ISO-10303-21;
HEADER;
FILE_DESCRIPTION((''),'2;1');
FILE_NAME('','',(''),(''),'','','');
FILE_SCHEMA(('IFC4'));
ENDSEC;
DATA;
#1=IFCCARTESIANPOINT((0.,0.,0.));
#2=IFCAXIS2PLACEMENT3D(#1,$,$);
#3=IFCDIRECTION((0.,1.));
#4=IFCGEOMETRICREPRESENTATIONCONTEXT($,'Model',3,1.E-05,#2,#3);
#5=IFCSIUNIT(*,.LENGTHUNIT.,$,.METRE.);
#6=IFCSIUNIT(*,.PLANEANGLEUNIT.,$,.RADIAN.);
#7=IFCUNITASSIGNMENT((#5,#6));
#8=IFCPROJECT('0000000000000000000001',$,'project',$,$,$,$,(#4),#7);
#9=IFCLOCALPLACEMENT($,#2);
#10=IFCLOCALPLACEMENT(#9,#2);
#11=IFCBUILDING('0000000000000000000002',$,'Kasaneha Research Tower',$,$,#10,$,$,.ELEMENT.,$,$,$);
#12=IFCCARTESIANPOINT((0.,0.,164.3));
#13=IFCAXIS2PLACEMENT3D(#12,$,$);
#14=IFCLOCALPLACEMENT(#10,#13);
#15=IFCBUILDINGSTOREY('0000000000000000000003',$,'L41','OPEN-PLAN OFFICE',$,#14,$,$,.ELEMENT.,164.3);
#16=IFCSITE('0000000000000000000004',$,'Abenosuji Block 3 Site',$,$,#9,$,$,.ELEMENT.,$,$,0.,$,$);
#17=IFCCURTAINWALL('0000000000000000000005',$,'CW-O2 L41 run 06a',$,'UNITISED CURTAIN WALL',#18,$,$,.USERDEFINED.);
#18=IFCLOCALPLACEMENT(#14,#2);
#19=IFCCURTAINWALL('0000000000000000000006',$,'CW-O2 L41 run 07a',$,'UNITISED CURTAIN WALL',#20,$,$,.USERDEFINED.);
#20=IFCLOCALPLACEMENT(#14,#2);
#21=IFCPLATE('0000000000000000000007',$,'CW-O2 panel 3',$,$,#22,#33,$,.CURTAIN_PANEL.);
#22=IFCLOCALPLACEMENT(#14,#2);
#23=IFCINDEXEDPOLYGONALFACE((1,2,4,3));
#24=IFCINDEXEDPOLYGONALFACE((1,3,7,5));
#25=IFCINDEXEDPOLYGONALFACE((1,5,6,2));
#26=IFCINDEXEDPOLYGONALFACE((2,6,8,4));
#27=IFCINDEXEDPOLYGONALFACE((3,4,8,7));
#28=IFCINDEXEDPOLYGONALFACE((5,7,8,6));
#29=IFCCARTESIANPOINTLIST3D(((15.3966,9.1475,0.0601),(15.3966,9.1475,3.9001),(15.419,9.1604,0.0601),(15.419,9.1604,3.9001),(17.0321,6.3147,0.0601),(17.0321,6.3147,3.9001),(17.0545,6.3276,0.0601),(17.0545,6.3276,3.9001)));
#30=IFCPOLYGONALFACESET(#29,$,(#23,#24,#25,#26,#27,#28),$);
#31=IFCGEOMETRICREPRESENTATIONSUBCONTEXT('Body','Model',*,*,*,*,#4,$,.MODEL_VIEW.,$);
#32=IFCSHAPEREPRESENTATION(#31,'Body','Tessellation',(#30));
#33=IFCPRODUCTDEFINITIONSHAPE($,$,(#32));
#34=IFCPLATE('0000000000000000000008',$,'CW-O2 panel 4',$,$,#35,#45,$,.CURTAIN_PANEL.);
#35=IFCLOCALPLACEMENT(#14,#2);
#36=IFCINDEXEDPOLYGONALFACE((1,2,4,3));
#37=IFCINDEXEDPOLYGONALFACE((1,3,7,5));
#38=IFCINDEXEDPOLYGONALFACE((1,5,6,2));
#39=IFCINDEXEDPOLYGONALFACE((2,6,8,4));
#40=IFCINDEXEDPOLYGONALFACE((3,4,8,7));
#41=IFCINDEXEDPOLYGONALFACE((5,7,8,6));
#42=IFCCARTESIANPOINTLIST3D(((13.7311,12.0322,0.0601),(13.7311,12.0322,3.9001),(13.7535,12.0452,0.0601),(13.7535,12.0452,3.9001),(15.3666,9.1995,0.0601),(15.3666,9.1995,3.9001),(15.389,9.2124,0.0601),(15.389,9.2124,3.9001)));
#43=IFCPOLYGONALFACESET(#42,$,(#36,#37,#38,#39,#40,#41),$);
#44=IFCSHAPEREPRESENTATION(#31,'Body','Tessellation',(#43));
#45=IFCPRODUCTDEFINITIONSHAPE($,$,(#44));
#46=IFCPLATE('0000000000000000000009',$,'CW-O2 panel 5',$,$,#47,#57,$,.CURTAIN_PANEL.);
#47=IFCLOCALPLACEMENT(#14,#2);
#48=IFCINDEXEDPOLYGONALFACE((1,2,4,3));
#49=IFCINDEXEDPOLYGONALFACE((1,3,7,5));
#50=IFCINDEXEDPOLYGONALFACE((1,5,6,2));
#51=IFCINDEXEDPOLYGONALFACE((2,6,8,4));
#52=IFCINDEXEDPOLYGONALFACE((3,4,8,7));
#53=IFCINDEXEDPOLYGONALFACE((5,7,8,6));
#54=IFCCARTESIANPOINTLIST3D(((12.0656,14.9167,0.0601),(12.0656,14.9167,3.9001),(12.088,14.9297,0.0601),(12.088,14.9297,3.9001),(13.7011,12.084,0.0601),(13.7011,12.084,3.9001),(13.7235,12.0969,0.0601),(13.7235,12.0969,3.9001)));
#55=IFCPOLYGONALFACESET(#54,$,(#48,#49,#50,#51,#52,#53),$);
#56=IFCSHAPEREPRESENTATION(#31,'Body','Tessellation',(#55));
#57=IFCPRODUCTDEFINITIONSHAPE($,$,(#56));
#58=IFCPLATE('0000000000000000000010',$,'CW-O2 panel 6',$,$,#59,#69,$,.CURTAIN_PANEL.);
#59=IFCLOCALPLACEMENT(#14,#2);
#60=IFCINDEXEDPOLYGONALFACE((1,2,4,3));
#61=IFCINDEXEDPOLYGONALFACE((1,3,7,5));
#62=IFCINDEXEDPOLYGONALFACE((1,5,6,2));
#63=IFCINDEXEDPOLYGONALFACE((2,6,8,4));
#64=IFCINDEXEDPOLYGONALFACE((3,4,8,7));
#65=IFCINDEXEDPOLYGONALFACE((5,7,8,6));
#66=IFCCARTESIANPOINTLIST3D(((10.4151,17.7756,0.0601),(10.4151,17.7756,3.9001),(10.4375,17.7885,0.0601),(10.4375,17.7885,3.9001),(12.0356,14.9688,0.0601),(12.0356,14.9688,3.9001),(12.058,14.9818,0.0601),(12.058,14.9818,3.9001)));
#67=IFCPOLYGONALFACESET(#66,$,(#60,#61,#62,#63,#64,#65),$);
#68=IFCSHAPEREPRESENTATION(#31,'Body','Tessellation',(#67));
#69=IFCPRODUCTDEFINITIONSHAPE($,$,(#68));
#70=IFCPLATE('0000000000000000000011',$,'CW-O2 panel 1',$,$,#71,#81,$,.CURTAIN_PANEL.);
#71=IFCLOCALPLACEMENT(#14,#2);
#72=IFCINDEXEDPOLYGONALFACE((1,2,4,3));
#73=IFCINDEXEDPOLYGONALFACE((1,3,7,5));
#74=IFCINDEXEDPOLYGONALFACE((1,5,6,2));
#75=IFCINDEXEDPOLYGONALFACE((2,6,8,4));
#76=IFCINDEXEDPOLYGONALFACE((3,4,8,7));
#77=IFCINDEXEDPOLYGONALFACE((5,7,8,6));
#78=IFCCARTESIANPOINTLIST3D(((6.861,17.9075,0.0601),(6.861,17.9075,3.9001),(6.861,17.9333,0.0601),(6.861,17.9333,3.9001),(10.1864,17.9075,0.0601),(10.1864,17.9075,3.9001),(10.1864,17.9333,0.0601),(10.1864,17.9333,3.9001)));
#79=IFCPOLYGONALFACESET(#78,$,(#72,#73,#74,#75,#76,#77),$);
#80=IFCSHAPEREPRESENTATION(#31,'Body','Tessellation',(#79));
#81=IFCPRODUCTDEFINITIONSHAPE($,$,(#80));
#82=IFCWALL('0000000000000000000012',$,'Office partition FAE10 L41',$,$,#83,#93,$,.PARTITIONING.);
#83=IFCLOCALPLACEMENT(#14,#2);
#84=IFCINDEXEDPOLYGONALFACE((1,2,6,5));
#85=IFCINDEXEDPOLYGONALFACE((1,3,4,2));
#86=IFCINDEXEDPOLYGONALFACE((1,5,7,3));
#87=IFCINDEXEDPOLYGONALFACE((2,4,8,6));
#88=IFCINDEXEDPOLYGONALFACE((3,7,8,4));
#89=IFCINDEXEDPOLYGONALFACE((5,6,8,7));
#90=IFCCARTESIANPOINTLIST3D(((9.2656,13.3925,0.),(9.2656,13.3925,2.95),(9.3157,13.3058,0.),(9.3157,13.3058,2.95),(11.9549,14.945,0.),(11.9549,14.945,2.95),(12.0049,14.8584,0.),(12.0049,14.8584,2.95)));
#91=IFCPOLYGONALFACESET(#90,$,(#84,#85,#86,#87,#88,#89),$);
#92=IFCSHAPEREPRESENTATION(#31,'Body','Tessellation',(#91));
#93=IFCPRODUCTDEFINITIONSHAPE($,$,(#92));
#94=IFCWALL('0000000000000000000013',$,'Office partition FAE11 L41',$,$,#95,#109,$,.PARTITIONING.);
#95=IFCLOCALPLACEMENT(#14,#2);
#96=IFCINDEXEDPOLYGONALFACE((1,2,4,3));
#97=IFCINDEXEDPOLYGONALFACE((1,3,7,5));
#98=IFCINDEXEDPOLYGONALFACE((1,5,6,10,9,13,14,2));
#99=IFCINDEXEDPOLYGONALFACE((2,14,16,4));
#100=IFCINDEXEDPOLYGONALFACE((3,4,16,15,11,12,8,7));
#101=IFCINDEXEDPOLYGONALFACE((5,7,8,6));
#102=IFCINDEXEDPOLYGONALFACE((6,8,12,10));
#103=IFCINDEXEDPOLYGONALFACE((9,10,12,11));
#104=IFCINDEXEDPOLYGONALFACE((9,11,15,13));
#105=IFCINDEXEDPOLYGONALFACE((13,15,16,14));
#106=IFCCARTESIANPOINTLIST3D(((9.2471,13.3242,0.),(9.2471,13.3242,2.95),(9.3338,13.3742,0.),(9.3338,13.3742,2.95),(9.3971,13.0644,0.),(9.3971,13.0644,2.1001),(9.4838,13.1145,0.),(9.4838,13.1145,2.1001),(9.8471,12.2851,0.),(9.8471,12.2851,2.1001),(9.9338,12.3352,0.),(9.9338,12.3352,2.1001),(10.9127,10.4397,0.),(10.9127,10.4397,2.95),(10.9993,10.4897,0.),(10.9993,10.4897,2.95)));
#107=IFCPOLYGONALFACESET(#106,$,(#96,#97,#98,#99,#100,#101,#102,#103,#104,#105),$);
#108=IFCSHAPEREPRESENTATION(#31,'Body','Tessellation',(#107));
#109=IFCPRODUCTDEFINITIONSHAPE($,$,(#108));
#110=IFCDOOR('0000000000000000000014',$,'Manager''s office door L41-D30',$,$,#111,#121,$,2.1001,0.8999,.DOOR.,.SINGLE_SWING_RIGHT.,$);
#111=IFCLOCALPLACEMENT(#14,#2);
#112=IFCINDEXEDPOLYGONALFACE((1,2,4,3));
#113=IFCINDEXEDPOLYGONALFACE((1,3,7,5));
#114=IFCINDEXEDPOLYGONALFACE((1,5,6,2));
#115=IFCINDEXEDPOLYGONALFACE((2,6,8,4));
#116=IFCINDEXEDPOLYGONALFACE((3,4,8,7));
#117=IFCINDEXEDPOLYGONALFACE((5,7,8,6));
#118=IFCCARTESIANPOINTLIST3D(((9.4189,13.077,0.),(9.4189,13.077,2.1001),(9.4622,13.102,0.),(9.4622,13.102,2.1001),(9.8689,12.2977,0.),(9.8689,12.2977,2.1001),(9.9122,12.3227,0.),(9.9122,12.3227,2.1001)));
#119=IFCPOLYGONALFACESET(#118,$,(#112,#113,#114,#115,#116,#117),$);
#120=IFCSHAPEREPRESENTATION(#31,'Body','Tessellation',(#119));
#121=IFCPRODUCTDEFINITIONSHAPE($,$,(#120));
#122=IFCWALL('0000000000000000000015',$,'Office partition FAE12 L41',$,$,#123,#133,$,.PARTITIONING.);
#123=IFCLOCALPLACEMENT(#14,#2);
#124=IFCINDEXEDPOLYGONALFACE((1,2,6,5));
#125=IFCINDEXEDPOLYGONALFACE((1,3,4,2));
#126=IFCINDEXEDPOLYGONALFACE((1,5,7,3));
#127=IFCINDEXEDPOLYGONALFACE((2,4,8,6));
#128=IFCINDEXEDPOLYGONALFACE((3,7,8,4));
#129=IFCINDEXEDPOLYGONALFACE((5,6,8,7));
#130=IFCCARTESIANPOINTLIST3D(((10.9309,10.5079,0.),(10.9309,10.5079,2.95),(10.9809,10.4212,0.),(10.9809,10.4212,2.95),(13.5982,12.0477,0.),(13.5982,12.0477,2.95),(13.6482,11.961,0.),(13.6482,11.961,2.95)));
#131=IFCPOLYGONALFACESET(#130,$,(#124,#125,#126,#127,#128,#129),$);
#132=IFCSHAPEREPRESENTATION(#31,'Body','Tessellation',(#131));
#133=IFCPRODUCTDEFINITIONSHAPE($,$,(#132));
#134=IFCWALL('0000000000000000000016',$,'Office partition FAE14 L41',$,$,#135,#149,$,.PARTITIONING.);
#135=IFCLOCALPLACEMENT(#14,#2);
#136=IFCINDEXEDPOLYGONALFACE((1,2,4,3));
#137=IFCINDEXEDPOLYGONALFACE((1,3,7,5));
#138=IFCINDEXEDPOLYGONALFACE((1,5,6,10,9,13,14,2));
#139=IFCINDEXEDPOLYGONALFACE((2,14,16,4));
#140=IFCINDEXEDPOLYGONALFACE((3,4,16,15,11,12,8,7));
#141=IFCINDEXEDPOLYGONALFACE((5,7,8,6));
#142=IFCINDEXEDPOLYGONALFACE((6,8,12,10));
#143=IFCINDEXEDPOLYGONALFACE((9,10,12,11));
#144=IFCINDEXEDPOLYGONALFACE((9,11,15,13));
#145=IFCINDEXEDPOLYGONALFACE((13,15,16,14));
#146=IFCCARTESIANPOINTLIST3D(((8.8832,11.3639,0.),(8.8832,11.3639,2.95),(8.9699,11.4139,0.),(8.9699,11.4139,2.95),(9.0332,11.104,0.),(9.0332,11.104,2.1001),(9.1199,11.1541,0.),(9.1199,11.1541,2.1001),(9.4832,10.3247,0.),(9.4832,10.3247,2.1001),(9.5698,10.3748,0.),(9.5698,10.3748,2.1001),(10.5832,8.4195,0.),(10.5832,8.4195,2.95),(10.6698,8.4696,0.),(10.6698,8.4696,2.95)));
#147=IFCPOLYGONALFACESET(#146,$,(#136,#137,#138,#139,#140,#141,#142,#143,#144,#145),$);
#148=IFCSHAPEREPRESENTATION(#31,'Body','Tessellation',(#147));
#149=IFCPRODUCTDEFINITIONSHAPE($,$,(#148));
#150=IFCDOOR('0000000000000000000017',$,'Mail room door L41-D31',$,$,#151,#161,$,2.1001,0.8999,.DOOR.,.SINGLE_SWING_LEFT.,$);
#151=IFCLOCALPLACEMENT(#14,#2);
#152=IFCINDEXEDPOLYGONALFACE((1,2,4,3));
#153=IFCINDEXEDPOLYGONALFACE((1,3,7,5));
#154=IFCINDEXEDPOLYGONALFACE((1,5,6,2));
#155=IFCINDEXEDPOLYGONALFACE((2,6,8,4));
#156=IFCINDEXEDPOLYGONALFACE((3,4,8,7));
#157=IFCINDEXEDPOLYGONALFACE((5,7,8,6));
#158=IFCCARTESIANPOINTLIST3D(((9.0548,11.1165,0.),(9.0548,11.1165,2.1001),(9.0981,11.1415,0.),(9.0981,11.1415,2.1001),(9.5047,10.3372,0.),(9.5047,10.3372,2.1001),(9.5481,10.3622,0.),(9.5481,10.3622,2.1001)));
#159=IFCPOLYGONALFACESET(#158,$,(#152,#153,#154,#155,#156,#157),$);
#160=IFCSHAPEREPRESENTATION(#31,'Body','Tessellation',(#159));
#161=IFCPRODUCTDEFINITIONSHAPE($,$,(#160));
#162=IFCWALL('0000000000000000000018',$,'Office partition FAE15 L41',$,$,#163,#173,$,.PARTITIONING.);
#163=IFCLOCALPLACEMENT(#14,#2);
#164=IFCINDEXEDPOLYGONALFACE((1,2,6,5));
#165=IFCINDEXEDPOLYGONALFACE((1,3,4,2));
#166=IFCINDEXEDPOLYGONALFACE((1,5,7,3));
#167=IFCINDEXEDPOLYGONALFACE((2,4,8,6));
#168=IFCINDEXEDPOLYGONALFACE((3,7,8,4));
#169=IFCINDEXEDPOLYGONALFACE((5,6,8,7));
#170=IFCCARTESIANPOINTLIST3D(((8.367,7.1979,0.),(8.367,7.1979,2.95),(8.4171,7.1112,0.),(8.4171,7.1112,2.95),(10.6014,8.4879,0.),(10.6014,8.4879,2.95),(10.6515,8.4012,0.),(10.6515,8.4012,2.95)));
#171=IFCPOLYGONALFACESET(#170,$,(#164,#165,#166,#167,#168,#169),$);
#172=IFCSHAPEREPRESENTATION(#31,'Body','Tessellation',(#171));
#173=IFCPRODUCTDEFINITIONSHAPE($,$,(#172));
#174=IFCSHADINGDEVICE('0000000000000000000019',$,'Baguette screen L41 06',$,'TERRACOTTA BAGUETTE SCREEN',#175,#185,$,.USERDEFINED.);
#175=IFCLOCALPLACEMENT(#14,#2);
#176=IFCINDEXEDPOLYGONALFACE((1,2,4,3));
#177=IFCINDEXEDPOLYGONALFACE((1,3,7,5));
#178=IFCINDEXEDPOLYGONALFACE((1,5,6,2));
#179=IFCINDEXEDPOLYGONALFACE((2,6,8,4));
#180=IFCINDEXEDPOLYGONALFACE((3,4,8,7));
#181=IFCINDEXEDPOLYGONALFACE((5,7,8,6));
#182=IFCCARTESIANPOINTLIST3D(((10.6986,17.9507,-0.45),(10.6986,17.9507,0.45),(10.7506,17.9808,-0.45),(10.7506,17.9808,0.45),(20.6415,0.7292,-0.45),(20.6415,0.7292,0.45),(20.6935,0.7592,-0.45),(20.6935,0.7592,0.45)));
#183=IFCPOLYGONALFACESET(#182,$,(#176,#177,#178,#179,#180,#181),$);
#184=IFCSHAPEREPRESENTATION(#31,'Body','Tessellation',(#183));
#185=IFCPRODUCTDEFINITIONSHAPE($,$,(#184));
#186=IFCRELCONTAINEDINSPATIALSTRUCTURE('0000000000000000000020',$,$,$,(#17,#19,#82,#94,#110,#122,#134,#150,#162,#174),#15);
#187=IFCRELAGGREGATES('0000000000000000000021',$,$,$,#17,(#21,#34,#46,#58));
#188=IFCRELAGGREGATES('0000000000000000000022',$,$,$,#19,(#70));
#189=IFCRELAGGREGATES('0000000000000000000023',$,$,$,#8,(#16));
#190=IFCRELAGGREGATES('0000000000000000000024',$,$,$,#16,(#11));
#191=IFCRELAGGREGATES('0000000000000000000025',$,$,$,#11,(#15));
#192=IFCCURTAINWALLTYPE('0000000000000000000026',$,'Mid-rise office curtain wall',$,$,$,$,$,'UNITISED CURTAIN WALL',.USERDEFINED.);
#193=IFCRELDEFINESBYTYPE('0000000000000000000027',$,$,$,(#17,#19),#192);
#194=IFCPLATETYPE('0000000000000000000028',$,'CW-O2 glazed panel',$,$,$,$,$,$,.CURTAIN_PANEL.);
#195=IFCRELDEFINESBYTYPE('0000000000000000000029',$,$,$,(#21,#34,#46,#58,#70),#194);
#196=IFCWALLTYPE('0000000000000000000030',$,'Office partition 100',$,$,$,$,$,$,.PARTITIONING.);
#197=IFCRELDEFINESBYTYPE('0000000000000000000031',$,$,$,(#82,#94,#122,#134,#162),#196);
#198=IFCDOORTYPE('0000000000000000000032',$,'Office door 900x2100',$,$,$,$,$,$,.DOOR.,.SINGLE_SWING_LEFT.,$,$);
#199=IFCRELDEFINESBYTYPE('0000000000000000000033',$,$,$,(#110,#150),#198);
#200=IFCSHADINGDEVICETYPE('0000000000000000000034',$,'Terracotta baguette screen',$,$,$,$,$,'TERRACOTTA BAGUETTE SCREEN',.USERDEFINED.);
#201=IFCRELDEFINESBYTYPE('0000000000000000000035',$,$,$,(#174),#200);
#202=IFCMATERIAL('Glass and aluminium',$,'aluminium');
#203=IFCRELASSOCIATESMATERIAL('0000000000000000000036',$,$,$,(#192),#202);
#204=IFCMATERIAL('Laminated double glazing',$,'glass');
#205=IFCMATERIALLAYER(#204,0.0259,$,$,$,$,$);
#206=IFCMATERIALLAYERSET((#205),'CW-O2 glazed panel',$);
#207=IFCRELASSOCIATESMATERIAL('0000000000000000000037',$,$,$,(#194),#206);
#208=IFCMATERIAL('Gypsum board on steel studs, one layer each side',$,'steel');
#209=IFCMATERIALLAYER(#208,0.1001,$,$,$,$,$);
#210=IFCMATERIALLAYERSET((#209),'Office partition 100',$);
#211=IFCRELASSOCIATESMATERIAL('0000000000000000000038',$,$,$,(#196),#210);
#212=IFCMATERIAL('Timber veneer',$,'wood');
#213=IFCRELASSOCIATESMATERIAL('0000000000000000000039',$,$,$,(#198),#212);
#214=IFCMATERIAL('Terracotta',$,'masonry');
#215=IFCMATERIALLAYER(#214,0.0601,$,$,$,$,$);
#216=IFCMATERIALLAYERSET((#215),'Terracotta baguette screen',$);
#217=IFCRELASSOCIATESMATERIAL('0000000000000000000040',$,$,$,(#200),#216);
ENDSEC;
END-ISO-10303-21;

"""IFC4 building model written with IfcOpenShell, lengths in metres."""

from ifc_helpers import new_model, si_unit, direction, frame, frame_2d, origin, origin_2d, place, context, subcontext, project, spatial, rectangle, extrude, material, layer, layer_set, type_object, element, fill, aggregate, save


model = new_model("IFC4")

# Units and contexts
model_context = context("Model", 3, precision=1e-05, world=origin(), true_north=direction((0.0, 1.0)))
body_context = subcontext(model_context, "Body", "Model", "MODEL_VIEW")
ifc_project = project(units=[si_unit("LENGTHUNIT", "METRE"), si_unit("PLANEANGLEUNIT", "RADIAN")], contexts=[model_context])

# Site, building, storey
site_placement = place(None, origin())
site = spatial("IfcSite", under=ifc_project, at=site_placement, Name="Abenosuji Block 3 Site", CompositionType="ELEMENT", RefElevation=0.0)
building_placement = place(site_placement, origin())
building = spatial("IfcBuilding", under=site, at=building_placement, Name="Kasaneha Research Tower", CompositionType="ELEMENT")
storey_placement = place(building_placement, frame((0.0, 0.0, 164.3)))
storey = spatial("IfcBuildingStorey", under=building, at=storey_placement, Name="L41", Description="OPEN-PLAN OFFICE", CompositionType="ELEMENT", Elevation=164.3)

# Curtain wall
ifc_material_1 = material(Name="Glass and aluminium", Category="aluminium")
curtain_wall_type = type_object("IfcCurtainWallType", Name="Mid-rise office curtain wall", ElementType="UNITISED CURTAIN WALL", PredefinedType="USERDEFINED", material=ifc_material_1)
curtain_wall_1_placement = place(storey_placement, origin())
curtain_wall_1 = element("IfcCurtainWall", 1, at=curtain_wall_1_placement, inside=storey, type_object=curtain_wall_type, Name="CW-O2 L41 run 06a", ObjectType="UNITISED CURTAIN WALL", PredefinedType="USERDEFINED")

# Curtain wall
curtain_wall_2_placement = place(storey_placement, origin())
curtain_wall_2 = element("IfcCurtainWall", 2, at=curtain_wall_2_placement, inside=storey, type_object=curtain_wall_type, Name="CW-O2 L41 run 07a", ObjectType="UNITISED CURTAIN WALL", PredefinedType="USERDEFINED")

# Plates
ifc_material_2 = material(Name="Laminated double glazing", Category="glass")
ifc_layer_1 = layer(ifc_material_2, 0.0259)
ifc_layer_set_1 = layer_set([ifc_layer_1], Name="CW-O2 glazed panel")
plate_type = type_object("IfcPlateType", Name="CW-O2 glazed panel", PredefinedType="CURTAIN_PANEL", material=ifc_layer_set_1)
plate_1_placement = place(storey_placement, frame((16.2256, 7.7375, 0.0601), z_axis=(0.0, 0.0, 1.0), x_axis=(-0.5, 0.866025, 0.0)))
plate_1 = element("IfcPlate", 3, at=plate_1_placement, type_object=plate_type, Name="CW-O2 panel 3", PredefinedType="CURTAIN_PANEL", context=body_context, shape_type="SweptSolid", body=[
    extrude(rectangle(XDim=3.271, YDim=0.0259, at=origin_2d()), origin(), (0.0, 0.0, 1.0), 3.8401),
])
plate_2_placement = place(storey_placement, frame((14.5601, 10.6223, 0.0601), z_axis=(0.0, 0.0, 1.0), x_axis=(-0.5, 0.866025, 0.0)))
plate_2 = element("IfcPlate", 4, at=plate_2_placement, type_object=plate_type, Name="CW-O2 panel 4", PredefinedType="CURTAIN_PANEL", context=body_context, shape_type="SweptSolid", body=[
    extrude(rectangle(XDim=3.271, YDim=0.0259, at=origin_2d()), origin(), (0.0, 0.0, 1.0), 3.8401),
])
plate_3_placement = place(storey_placement, frame((12.8945, 13.5068, 0.0601), z_axis=(0.0, 0.0, 1.0), x_axis=(-0.5, 0.866025, 0.0)))
plate_3 = element("IfcPlate", 5, at=plate_3_placement, type_object=plate_type, Name="CW-O2 panel 5", PredefinedType="CURTAIN_PANEL", context=body_context, shape_type="SweptSolid", body=[
    extrude(rectangle(XDim=3.271, YDim=0.0259, at=origin_2d()), origin(), (0.0, 0.0, 1.0), 3.8401),
])
plate_4_placement = place(storey_placement, frame((11.2366, 16.3787, 0.0601), z_axis=(0.0, 0.0, 1.0), x_axis=(-0.5, 0.866025, 0.0)))
plate_4 = element("IfcPlate", 6, at=plate_4_placement, type_object=plate_type, Name="CW-O2 panel 6", PredefinedType="CURTAIN_PANEL", context=body_context, shape_type="SweptSolid", body=[
    extrude(rectangle(XDim=3.241, YDim=0.0259, at=origin_2d()), origin(), (0.0, 0.0, 1.0), 3.8401),
])
aggregate(curtain_wall_1, [plate_1, plate_2, plate_3, plate_4])
plate_5_placement = place(storey_placement, frame((8.5237, 17.9204, 0.0601), z_axis=(0.0, 0.0, 1.0), x_axis=(-1.0, 0.0, 0.0)))
plate_5 = element("IfcPlate", 7, at=plate_5_placement, type_object=plate_type, Name="CW-O2 panel 1", PredefinedType="CURTAIN_PANEL", context=body_context, shape_type="SweptSolid", body=[
    extrude(rectangle(XDim=3.3254, YDim=0.0259, at=origin_2d()), origin(), (0.0, 0.0, 1.0), 3.8401),
])
aggregate(curtain_wall_2, [plate_5])

# Wall
ifc_material_3 = material(Name="Gypsum board on steel studs, one layer each side", Category="steel")
ifc_layer_2 = layer(ifc_material_3, 0.1001)
ifc_layer_set_2 = layer_set([ifc_layer_2], Name="Office partition 100")
wall_type = type_object("IfcWallType", Name="Office partition 100", PredefinedType="PARTITIONING", material=ifc_layer_set_2)
wall_1_placement = place(storey_placement, frame((9.2905, 13.3491, 0.0), z_axis=(0.0, 0.0, 1.0), x_axis=(0.866043, 0.49997, 0.0)))
element("IfcWall", 8, at=wall_1_placement, inside=storey, type_object=wall_type, Name="Office partition FAE10 L41", PredefinedType="PARTITIONING", context=body_context, shape_type="SweptSolid", body=[
    extrude(rectangle(XDim=3.1052, YDim=0.1001, at=frame_2d((1.5527, 0.0))), origin(), (0.0, 0.0, 1.0), 2.95),
])

# Wall, opening, door
wall_2_placement = place(storey_placement, frame((10.9561, 10.4646, 0.0), z_axis=(0.0, 0.0, 1.0), x_axis=(-0.500033, 0.866006, 0.0)))
wall_2 = element("IfcWall", 9, at=wall_2_placement, inside=storey, type_object=wall_type, Name="Office partition FAE11 L41", PredefinedType="PARTITIONING", context=body_context, shape_type="SweptSolid", body=[
    extrude(rectangle(XDim=3.3308, YDim=0.1001, at=frame_2d((1.6655, 0.0))), origin(), (0.0, 0.0, 1.0), 2.95),
])
opening_1_placement = place(wall_2_placement, frame((2.1311, 0.0, 0.0)))
opening_1 = element("IfcOpeningElement", 10, at=opening_1_placement, cuts=wall_2, PredefinedType="OPENING", context=body_context, shape_type="SweptSolid", body=[
    extrude(rectangle(XDim=0.8999, YDim=2.1001, at=frame_2d((0.45, 1.05))), frame((0.0, 0.0601, 0.0), z_axis=(0.0, -1.0, 0.0), x_axis=(1.0, 0.0, 0.0)), (0.0, 0.0, 1.0), 0.1201),
])
ifc_material_4 = material(Name="Timber veneer", Category="wood")
door_type = type_object("IfcDoorType", Name="Office door 900x2100", OperationType="SINGLE_SWING_LEFT", PredefinedType="DOOR", material=ifc_material_4)
door_1_placement = place(opening_1_placement, origin())
door_1 = element("IfcDoor", 11, at=door_1_placement, inside=storey, type_object=door_type, Name="Manager's office door L41-D30", OperationType="SINGLE_SWING_RIGHT", OverallHeight=2.1001, OverallWidth=0.8999, PredefinedType="DOOR", context=body_context, shape_type="SweptSolid", body=[
    extrude(rectangle(XDim=0.8999, YDim=2.1001, at=frame_2d((0.45, 1.05))), frame((0.0, 0.0249, 0.0), z_axis=(0.0, -1.0, 0.0), x_axis=(1.0, 0.0, 0.0)), (0.0, 0.0, 1.0), 0.05),
])
fill(opening_1, door_1)

# Wall
wall_3_placement = place(storey_placement, frame((13.6233, 12.0044, 0.0), z_axis=(0.0, 0.0, 1.0), x_axis=(-0.866044, -0.499967, 0.0)))
element("IfcWall", 12, at=wall_3_placement, inside=storey, type_object=wall_type, Name="Office partition FAE12 L41", PredefinedType="PARTITIONING", context=body_context, shape_type="SweptSolid", body=[
    extrude(rectangle(XDim=3.0798, YDim=0.1001, at=frame_2d((1.54, 0.0))), origin(), (0.0, 0.0, 1.0), 2.95),
])

# Wall, opening, door
wall_4_placement = place(storey_placement, frame((8.9265, 11.3889, 0.0), z_axis=(0.0, 0.0, 1.0), x_axis=(0.500008, -0.866021, 0.0)))
wall_4 = element("IfcWall", 13, at=wall_4_placement, inside=storey, type_object=wall_type, Name="Office partition FAE14 L41", PredefinedType="PARTITIONING", context=body_context, shape_type="SweptSolid", body=[
    extrude(rectangle(XDim=3.3999, YDim=0.1001, at=frame_2d((1.7, 0.0))), origin(), (0.0, 0.0, 1.0), 2.95),
])
opening_2_placement = place(wall_4_placement, frame((0.3, 0.0, 0.0)))
opening_2 = element("IfcOpeningElement", 14, at=opening_2_placement, cuts=wall_4, PredefinedType="OPENING", context=body_context, shape_type="SweptSolid", body=[
    extrude(rectangle(XDim=0.8999, YDim=2.1001, at=frame_2d((0.45, 1.05))), frame((0.0, 0.0601, 0.0), z_axis=(0.0, -1.0, 0.0), x_axis=(1.0, 0.0, 0.0)), (0.0, 0.0, 1.0), 0.1201),
])
door_2_placement = place(opening_2_placement, origin())
door_2 = element("IfcDoor", 15, at=door_2_placement, inside=storey, type_object=door_type, Name="Mail room door L41-D31", OperationType="SINGLE_SWING_LEFT", OverallHeight=2.1001, OverallWidth=0.8999, PredefinedType="DOOR", context=body_context, shape_type="SweptSolid", body=[
    extrude(rectangle(XDim=0.8999, YDim=2.1001, at=frame_2d((0.45, 1.05))), frame((0.0, 0.0249, 0.0), z_axis=(0.0, -1.0, 0.0), x_axis=(1.0, 0.0, 0.0)), (0.0, 0.0, 1.0), 0.05),
])
fill(opening_2, door_2)

# Wall
wall_5_placement = place(storey_placement, frame((10.6265, 8.4446, 0.0), z_axis=(0.0, 0.0, 1.0), x_axis=(-0.866022, -0.500006, 0.0)))
element("IfcWall", 16, at=wall_5_placement, inside=storey, type_object=wall_type, Name="Office partition FAE15 L41", PredefinedType="PARTITIONING", context=body_context, shape_type="SweptSolid", body=[
    extrude(rectangle(XDim=2.5801, YDim=0.1001, at=frame_2d((1.29, 0.0))), origin(), (0.0, 0.0, 1.0), 2.95),
])

# Shading device
ifc_material_5 = material(Name="Terracotta", Category="masonry")
ifc_layer_3 = layer(ifc_material_5, 0.0601)
ifc_layer_set_3 = layer_set([ifc_layer_3], Name="Terracotta baguette screen")
shading_device_type = type_object("IfcShadingDeviceType", Name="Terracotta baguette screen", ElementType="TERRACOTTA BAGUETTE SCREEN", PredefinedType="USERDEFINED", material=ifc_layer_set_3)
shading_device_placement = place(storey_placement, frame((15.696, 9.355, -0.45), z_axis=(0.0, 0.0, 1.0), x_axis=(-0.5, 0.866025, 0.0)))
element("IfcShadingDevice", 17, at=shading_device_placement, inside=storey, type_object=shading_device_type, Name="Baguette screen L41 06", ObjectType="TERRACOTTA BAGUETTE SCREEN", PredefinedType="USERDEFINED", context=body_context, shape_type="SweptSolid", body=[
    extrude(rectangle(XDim=19.8857, YDim=0.0601, at=origin_2d()), origin(), (0.0, 0.0, 1.0), 0.8999),
])

save(model, "model.ifc")
